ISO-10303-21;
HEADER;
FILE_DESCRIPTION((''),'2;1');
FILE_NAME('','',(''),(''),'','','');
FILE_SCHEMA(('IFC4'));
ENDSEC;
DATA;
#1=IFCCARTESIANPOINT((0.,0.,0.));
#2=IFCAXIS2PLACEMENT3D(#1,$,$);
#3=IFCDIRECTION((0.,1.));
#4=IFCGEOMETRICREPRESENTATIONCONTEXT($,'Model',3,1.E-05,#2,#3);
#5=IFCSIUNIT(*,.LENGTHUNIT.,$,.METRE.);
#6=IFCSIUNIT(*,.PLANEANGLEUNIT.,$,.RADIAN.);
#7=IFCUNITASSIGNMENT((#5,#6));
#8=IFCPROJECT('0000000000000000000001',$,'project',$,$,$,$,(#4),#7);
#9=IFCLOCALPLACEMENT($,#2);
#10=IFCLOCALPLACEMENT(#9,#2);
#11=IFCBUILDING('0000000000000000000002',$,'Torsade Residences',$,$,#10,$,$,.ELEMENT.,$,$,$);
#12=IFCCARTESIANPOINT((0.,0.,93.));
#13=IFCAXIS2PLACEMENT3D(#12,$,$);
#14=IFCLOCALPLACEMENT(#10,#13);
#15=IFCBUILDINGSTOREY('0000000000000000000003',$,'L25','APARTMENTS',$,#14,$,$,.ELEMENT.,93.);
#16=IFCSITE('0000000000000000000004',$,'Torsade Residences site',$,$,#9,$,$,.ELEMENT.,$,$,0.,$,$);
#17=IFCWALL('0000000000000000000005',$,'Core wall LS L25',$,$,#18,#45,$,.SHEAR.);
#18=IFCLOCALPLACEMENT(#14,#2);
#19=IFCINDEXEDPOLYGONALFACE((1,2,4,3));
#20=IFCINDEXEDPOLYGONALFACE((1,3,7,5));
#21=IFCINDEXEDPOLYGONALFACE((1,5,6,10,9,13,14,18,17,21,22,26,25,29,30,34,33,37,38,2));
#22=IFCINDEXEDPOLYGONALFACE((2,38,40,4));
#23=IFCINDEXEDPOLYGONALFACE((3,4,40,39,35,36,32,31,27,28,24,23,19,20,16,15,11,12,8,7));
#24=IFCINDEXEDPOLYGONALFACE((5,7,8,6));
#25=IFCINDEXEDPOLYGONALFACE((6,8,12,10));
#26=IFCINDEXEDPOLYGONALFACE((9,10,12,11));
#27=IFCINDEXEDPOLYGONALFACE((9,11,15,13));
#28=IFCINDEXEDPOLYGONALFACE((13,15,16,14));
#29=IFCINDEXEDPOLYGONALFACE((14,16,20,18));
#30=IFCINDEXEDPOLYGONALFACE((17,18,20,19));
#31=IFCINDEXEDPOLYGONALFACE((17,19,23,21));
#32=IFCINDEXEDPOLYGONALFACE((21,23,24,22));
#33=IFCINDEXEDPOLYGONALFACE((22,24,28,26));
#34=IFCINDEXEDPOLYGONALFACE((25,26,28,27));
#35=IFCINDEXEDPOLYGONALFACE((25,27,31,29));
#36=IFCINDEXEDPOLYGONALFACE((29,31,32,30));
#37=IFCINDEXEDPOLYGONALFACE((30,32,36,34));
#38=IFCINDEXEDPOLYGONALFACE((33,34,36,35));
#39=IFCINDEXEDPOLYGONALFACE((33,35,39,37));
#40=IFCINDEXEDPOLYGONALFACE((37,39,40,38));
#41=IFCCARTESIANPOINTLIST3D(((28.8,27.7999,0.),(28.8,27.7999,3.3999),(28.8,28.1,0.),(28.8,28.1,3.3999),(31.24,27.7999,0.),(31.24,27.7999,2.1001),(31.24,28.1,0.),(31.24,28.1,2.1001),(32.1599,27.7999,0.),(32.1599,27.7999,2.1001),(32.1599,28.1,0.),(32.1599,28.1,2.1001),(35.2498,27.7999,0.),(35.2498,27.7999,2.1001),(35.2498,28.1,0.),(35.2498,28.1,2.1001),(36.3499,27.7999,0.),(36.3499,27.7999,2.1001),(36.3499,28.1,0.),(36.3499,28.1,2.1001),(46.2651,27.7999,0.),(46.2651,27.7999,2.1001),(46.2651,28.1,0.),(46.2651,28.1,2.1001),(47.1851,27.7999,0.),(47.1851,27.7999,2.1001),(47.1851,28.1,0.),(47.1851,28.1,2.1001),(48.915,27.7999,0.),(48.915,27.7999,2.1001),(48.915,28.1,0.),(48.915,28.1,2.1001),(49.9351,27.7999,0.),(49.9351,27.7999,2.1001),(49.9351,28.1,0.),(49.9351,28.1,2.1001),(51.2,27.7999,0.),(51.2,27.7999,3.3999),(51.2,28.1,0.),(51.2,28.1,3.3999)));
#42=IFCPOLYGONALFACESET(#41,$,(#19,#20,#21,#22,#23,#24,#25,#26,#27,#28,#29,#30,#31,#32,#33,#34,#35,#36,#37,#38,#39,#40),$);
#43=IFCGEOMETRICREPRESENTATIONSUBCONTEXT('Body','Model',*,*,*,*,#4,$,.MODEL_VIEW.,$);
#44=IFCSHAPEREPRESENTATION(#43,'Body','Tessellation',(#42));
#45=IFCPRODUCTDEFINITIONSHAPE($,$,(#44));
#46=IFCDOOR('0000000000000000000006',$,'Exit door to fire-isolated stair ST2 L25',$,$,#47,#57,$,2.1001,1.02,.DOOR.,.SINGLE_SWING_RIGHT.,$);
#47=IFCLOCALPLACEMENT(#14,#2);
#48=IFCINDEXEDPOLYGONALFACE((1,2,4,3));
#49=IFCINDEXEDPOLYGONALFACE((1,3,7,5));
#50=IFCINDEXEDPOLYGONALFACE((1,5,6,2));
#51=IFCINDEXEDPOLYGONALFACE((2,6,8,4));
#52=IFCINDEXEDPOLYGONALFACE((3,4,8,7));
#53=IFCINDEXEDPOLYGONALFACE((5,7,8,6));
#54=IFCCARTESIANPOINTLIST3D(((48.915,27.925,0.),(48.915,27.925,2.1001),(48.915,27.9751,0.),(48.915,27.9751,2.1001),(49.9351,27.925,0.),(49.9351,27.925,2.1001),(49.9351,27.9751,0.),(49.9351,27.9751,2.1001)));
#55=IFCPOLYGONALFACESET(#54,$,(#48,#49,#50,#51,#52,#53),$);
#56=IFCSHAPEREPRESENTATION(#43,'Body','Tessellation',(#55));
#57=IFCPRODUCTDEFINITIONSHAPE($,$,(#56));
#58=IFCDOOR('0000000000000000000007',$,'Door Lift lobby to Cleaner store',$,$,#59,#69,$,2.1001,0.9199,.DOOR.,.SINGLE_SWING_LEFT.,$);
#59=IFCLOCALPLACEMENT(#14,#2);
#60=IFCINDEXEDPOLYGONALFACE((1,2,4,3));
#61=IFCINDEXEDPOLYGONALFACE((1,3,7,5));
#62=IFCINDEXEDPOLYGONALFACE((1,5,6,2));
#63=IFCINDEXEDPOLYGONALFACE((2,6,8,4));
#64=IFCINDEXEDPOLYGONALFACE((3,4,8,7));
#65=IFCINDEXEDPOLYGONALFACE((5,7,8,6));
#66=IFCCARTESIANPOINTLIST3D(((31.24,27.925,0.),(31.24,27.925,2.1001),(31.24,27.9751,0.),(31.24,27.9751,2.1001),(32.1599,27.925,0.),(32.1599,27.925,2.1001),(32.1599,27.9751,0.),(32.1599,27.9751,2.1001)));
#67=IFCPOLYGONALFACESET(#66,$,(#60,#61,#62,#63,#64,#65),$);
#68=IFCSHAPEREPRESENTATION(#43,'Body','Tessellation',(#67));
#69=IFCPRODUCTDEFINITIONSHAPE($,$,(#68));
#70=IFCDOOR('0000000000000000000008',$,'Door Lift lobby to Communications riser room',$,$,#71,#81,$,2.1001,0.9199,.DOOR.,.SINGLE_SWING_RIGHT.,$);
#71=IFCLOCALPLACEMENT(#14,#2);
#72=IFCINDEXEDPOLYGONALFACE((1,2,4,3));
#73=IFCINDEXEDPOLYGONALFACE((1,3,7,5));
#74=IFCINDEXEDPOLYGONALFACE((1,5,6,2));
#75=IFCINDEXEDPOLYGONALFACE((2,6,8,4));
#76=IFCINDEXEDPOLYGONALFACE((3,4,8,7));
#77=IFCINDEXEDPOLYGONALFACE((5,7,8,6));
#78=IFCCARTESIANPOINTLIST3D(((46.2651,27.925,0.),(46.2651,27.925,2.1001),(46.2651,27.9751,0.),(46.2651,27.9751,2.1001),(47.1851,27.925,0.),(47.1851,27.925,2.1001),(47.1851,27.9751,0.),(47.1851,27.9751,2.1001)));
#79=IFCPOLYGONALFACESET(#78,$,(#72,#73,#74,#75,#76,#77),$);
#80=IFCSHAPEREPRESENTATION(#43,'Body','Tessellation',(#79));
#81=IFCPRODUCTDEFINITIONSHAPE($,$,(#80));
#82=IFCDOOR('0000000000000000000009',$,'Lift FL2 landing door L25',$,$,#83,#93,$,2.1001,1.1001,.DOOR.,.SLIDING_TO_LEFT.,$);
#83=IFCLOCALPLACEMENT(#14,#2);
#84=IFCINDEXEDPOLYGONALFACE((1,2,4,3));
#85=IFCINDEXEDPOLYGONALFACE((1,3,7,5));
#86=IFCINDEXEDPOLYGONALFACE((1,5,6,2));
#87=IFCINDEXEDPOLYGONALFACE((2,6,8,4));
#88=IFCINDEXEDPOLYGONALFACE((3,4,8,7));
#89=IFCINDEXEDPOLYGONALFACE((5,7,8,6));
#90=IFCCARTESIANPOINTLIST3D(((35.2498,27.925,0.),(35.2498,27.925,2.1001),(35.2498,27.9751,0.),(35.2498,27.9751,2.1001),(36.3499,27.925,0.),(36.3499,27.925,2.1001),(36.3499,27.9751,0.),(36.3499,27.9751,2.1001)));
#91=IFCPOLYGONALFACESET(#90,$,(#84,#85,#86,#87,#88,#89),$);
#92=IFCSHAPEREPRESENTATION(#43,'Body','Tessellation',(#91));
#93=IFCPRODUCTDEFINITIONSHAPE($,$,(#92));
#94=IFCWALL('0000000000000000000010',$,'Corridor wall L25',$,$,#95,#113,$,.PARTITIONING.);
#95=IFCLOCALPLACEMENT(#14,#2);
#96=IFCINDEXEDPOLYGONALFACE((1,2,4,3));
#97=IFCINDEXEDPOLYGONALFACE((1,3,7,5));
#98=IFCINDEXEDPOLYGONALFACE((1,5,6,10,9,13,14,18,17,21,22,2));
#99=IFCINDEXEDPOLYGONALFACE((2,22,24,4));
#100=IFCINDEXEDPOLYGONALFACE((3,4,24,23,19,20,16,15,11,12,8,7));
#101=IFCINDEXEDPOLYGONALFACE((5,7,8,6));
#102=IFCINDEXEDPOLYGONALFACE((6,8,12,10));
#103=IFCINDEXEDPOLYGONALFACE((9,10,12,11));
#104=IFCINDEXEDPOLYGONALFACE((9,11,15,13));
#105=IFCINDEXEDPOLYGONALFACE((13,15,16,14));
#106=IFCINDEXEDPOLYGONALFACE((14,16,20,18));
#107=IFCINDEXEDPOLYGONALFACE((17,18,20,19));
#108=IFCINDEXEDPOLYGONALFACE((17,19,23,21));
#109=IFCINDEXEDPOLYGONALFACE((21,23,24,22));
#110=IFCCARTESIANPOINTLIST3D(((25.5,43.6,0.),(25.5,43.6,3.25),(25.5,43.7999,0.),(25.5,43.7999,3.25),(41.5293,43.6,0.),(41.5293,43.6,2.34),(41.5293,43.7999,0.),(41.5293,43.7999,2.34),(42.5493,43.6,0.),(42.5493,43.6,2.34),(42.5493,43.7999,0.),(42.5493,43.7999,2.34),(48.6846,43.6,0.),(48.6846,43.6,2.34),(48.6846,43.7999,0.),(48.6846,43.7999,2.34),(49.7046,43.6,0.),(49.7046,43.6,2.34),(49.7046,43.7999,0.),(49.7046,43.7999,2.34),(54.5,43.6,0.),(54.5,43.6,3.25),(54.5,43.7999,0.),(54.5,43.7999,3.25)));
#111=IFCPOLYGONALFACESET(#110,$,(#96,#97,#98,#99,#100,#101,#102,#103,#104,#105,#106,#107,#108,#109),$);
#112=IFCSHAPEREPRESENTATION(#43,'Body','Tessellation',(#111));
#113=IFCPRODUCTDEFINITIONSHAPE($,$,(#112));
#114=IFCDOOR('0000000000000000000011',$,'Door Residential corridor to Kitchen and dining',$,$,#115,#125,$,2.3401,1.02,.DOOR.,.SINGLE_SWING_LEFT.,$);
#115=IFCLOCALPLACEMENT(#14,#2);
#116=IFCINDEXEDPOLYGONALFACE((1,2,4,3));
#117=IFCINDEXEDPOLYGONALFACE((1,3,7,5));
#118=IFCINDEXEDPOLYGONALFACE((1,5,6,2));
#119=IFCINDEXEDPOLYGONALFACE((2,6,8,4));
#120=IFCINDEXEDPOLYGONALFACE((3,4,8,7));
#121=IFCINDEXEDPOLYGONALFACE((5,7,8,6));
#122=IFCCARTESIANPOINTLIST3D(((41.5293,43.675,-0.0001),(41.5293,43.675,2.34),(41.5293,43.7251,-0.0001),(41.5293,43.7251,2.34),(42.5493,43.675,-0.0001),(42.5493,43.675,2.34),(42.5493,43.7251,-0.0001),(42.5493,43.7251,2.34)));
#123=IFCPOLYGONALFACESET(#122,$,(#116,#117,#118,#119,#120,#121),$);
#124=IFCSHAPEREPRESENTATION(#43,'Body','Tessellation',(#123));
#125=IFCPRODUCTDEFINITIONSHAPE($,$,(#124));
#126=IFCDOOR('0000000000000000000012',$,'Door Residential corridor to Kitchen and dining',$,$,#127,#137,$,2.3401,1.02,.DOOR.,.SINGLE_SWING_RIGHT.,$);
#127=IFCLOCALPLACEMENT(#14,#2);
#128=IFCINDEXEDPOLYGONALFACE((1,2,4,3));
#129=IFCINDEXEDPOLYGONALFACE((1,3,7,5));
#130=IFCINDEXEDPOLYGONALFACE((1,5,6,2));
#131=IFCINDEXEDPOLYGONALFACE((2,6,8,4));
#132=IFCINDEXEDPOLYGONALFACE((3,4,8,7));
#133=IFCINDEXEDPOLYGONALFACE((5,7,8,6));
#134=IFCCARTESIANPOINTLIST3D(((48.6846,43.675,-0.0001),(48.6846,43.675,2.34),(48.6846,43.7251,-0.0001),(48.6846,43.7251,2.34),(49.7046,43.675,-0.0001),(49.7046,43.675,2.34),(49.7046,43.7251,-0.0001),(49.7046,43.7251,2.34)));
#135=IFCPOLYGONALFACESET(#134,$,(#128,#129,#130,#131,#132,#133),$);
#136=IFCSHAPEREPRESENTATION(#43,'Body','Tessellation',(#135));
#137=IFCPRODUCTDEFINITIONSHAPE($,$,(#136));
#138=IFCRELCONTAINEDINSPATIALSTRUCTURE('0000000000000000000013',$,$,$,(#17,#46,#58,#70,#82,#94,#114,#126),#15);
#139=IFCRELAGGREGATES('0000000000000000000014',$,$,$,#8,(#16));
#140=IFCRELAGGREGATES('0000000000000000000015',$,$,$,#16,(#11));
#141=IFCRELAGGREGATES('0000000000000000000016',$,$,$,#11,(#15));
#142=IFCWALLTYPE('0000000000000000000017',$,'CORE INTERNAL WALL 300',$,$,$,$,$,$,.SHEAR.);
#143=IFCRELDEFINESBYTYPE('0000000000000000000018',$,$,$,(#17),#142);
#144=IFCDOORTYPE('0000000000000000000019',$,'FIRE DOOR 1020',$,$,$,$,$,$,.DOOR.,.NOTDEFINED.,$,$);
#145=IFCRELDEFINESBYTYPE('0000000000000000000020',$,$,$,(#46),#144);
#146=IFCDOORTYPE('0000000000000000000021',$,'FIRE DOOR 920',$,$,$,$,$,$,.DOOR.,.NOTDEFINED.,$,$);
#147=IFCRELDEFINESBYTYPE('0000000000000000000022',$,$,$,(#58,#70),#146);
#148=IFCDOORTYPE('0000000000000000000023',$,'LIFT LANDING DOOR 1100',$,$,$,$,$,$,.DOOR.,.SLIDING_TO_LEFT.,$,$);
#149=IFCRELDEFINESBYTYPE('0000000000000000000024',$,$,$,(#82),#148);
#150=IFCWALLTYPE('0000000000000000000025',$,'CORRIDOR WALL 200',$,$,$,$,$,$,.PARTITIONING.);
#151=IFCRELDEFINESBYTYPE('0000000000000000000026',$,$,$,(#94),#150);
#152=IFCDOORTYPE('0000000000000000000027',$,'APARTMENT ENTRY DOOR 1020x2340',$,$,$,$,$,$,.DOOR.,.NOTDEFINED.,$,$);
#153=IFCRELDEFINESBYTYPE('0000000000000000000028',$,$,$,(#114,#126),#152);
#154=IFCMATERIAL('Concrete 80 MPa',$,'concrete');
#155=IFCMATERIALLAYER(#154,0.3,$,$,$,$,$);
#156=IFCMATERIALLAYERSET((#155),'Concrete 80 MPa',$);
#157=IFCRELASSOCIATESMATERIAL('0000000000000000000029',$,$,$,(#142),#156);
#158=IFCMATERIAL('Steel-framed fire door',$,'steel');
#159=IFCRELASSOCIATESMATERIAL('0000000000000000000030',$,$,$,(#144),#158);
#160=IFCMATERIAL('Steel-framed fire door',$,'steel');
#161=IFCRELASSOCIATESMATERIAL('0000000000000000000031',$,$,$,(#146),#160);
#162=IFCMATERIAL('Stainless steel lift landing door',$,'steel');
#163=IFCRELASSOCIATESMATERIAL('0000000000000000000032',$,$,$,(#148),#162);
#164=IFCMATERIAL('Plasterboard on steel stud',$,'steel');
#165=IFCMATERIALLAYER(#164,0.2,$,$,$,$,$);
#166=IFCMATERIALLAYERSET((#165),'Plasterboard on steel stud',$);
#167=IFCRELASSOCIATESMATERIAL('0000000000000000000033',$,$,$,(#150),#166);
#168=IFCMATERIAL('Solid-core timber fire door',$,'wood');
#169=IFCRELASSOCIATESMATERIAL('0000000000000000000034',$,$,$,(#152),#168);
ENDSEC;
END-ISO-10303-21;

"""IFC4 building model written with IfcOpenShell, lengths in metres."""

from ifc_helpers import new_model, si_unit, direction, frame, frame_2d, origin, place, context, subcontext, project, spatial, rectangle, extrude, material, layer, layer_set, type_object, element, fill, save


model = new_model("IFC4")

# Units and contexts
model_context = context("Model", 3, precision=1e-05, world=origin(), true_north=direction((0.0, 1.0)))
body_context = subcontext(model_context, "Body", "Model", "MODEL_VIEW")
ifc_project = project(units=[si_unit("LENGTHUNIT", "METRE"), si_unit("PLANEANGLEUNIT", "RADIAN")], contexts=[model_context])

# Site, building, storey
site_placement = place(None, origin())
site = spatial("IfcSite", under=ifc_project, at=site_placement, Name="Torsade Residences site", CompositionType="ELEMENT", RefElevation=0.0)
building_placement = place(site_placement, origin())
building = spatial("IfcBuilding", under=site, at=building_placement, Name="Torsade Residences", CompositionType="ELEMENT")
storey_placement = place(building_placement, frame((0.0, 0.0, 93.0)))
storey = spatial("IfcBuildingStorey", under=building, at=storey_placement, Name="L25", Description="APARTMENTS", CompositionType="ELEMENT", Elevation=93.0)

# Walls, openings, doors
ifc_material_1 = material(Name="Concrete 80 MPa", Category="concrete")
ifc_layer_1 = layer(ifc_material_1, 0.3)
ifc_layer_set_1 = layer_set([ifc_layer_1], Name="Concrete 80 MPa")
wall_type_1 = type_object("IfcWallType", Name="CORE INTERNAL WALL 300", PredefinedType="SHEAR", material=ifc_layer_set_1)
wall_1_placement = place(storey_placement, frame((51.2, 27.95, 0.0), z_axis=(0.0, 0.0, 1.0), x_axis=(-1.0, 0.0, 0.0)))
wall_1 = element("IfcWall", 1, at=wall_1_placement, inside=storey, type_object=wall_type_1, Name="Core wall LS L25", PredefinedType="SHEAR", context=body_context, shape_type="SweptSolid", body=[
    extrude(rectangle(XDim=22.3999, YDim=0.3, at=frame_2d((11.2, 0.0))), origin(), (0.0, 0.0, 1.0), 3.3999),
])
opening_1_placement = place(wall_1_placement, frame((19.04, 0.0, 0.0)))
opening_1 = element("IfcOpeningElement", 2, at=opening_1_placement, cuts=wall_1, PredefinedType="OPENING", context=body_context, shape_type="SweptSolid", body=[
    extrude(rectangle(XDim=0.9199, YDim=2.1001, at=frame_2d((0.46, 1.05))), frame((0.0, 0.1599, 0.0), z_axis=(0.0, -1.0, 0.0), x_axis=(1.0, 0.0, 0.0)), (0.0, 0.0, 1.0), 0.3201),
])
opening_2_placement = place(wall_1_placement, frame((1.2649, 0.0, 0.0)))
opening_2 = element("IfcOpeningElement", 3, at=opening_2_placement, cuts=wall_1, PredefinedType="OPENING", context=body_context, shape_type="SweptSolid", body=[
    extrude(rectangle(XDim=1.02, YDim=2.1001, at=frame_2d((0.51, 1.05))), frame((0.0, 0.1599, 0.0), z_axis=(0.0, -1.0, 0.0), x_axis=(1.0, 0.0, 0.0)), (0.0, 0.0, 1.0), 0.3201),
])
opening_3_placement = place(wall_1_placement, frame((4.0149, 0.0, 0.0)))
opening_3 = element("IfcOpeningElement", 4, at=opening_3_placement, cuts=wall_1, PredefinedType="OPENING", context=body_context, shape_type="SweptSolid", body=[
    extrude(rectangle(XDim=0.9199, YDim=2.1001, at=frame_2d((0.46, 1.05))), frame((0.0, 0.1599, 0.0), z_axis=(0.0, -1.0, 0.0), x_axis=(1.0, 0.0, 0.0)), (0.0, 0.0, 1.0), 0.3201),
])
opening_4_placement = place(wall_1_placement, frame((14.8501, 0.0, 0.0)))
opening_4 = element("IfcOpeningElement", 5, at=opening_4_placement, cuts=wall_1, PredefinedType="OPENING", context=body_context, shape_type="SweptSolid", body=[
    extrude(rectangle(XDim=1.1001, YDim=2.1001, at=frame_2d((0.55, 1.05))), frame((0.0, 0.1599, 0.0), z_axis=(0.0, -1.0, 0.0), x_axis=(1.0, 0.0, 0.0)), (0.0, 0.0, 1.0), 0.3201),
])
ifc_material_2 = material(Name="Steel-framed fire door", Category="steel")
door_type_1 = type_object("IfcDoorType", Name="FIRE DOOR 1020", OperationType="NOTDEFINED", PredefinedType="DOOR", material=ifc_material_2)
door_1_placement = place(opening_2_placement, origin())
door_1 = element("IfcDoor", 6, at=door_1_placement, inside=storey, type_object=door_type_1, Name="Exit door to fire-isolated stair ST2 L25", OperationType="SINGLE_SWING_RIGHT", OverallHeight=2.1001, OverallWidth=1.02, PredefinedType="DOOR", context=body_context, shape_type="SweptSolid", body=[
    extrude(rectangle(XDim=1.02, YDim=2.1001, at=frame_2d((0.51, 1.05))), frame((0.0, 0.0249, 0.0), z_axis=(0.0, -1.0, 0.0), x_axis=(1.0, 0.0, 0.0)), (0.0, 0.0, 1.0), 0.05),
])
fill(opening_2, door_1)
ifc_material_3 = material(Name="Steel-framed fire door", Category="steel")
door_type_2 = type_object("IfcDoorType", Name="FIRE DOOR 920", OperationType="NOTDEFINED", PredefinedType="DOOR", material=ifc_material_3)
door_2_placement = place(opening_1_placement, origin())
door_2 = element("IfcDoor", 7, at=door_2_placement, inside=storey, type_object=door_type_2, Name="Door Lift lobby to Cleaner store", OperationType="SINGLE_SWING_LEFT", OverallHeight=2.1001, OverallWidth=0.9199, PredefinedType="DOOR", context=body_context, shape_type="SweptSolid", body=[
    extrude(rectangle(XDim=0.9199, YDim=2.1001, at=frame_2d((0.46, 1.05))), frame((0.0, 0.0249, 0.0), z_axis=(0.0, -1.0, 0.0), x_axis=(1.0, 0.0, 0.0)), (0.0, 0.0, 1.0), 0.05),
])
fill(opening_1, door_2)
door_3_placement = place(opening_3_placement, origin())
door_3 = element("IfcDoor", 8, at=door_3_placement, inside=storey, type_object=door_type_2, Name="Door Lift lobby to Communications riser room", OperationType="SINGLE_SWING_RIGHT", OverallHeight=2.1001, OverallWidth=0.9199, PredefinedType="DOOR", context=body_context, shape_type="SweptSolid", body=[
    extrude(rectangle(XDim=0.9199, YDim=2.1001, at=frame_2d((0.46, 1.05))), frame((0.0, 0.0249, 0.0), z_axis=(0.0, -1.0, 0.0), x_axis=(1.0, 0.0, 0.0)), (0.0, 0.0, 1.0), 0.05),
])
fill(opening_3, door_3)
ifc_material_4 = material(Name="Stainless steel lift landing door", Category="steel")
door_type_3 = type_object("IfcDoorType", Name="LIFT LANDING DOOR 1100", OperationType="SLIDING_TO_LEFT", PredefinedType="DOOR", material=ifc_material_4)
door_4_placement = place(opening_4_placement, origin())
door_4 = element("IfcDoor", 9, at=door_4_placement, inside=storey, type_object=door_type_3, Name="Lift FL2 landing door L25", OperationType="SLIDING_TO_LEFT", OverallHeight=2.1001, OverallWidth=1.1001, PredefinedType="DOOR", context=body_context, shape_type="SweptSolid", body=[
    extrude(rectangle(XDim=1.1001, YDim=2.1001, at=frame_2d((0.55, 1.05))), frame((0.0, 0.0249, 0.0), z_axis=(0.0, -1.0, 0.0), x_axis=(1.0, 0.0, 0.0)), (0.0, 0.0, 1.0), 0.05),
])
fill(opening_4, door_4)
ifc_material_5 = material(Name="Plasterboard on steel stud", Category="steel")
ifc_layer_2 = layer(ifc_material_5, 0.2)
ifc_layer_set_2 = layer_set([ifc_layer_2], Name="Plasterboard on steel stud")
wall_type_2 = type_object("IfcWallType", Name="CORRIDOR WALL 200", PredefinedType="PARTITIONING", material=ifc_layer_set_2)
wall_2_placement = place(storey_placement, frame((54.5, 43.7, 0.0), z_axis=(0.0, 0.0, 1.0), x_axis=(-1.0, 0.0, 0.0)))
wall_2 = element("IfcWall", 10, at=wall_2_placement, inside=storey, type_object=wall_type_2, Name="Corridor wall L25", PredefinedType="PARTITIONING", context=body_context, shape_type="SweptSolid", body=[
    extrude(rectangle(XDim=29.0, YDim=0.2, at=frame_2d((14.5, 0.0))), origin(), (0.0, 0.0, 1.0), 3.25),
])
opening_5_placement = place(wall_2_placement, frame((11.9507, 0.0, 0.0)))
opening_5 = element("IfcOpeningElement", 11, at=opening_5_placement, cuts=wall_2, PredefinedType="OPENING", context=body_context, shape_type="SweptSolid", body=[
    extrude(rectangle(XDim=1.02, YDim=2.3401, at=frame_2d((0.51, 1.1699))), frame((0.0, 0.1099, 0.0), z_axis=(0.0, -1.0, 0.0), x_axis=(1.0, 0.0, 0.0)), (0.0, 0.0, 1.0), 0.22),
])
opening_6_placement = place(wall_2_placement, frame((4.7954, 0.0, 0.0)))
opening_6 = element("IfcOpeningElement", 12, at=opening_6_placement, cuts=wall_2, PredefinedType="OPENING", context=body_context, shape_type="SweptSolid", body=[
    extrude(rectangle(XDim=1.02, YDim=2.3401, at=frame_2d((0.51, 1.1699))), frame((0.0, 0.1099, 0.0), z_axis=(0.0, -1.0, 0.0), x_axis=(1.0, 0.0, 0.0)), (0.0, 0.0, 1.0), 0.22),
])
ifc_material_6 = material(Name="Solid-core timber fire door", Category="wood")
door_type_4 = type_object("IfcDoorType", Name="APARTMENT ENTRY DOOR 1020x2340", OperationType="NOTDEFINED", PredefinedType="DOOR", material=ifc_material_6)
door_5_placement = place(opening_5_placement, origin())
door_5 = element("IfcDoor", 13, at=door_5_placement, inside=storey, type_object=door_type_4, Name="Door Residential corridor to Kitchen and dining", OperationType="SINGLE_SWING_LEFT", OverallHeight=2.3401, OverallWidth=1.02, PredefinedType="DOOR", context=body_context, shape_type="SweptSolid", body=[
    extrude(rectangle(XDim=1.02, YDim=2.3401, at=frame_2d((0.51, 1.1699))), frame((0.0, 0.0249, 0.0), z_axis=(0.0, -1.0, 0.0), x_axis=(1.0, 0.0, 0.0)), (0.0, 0.0, 1.0), 0.05),
])
fill(opening_5, door_5)
door_6_placement = place(opening_6_placement, origin())
door_6 = element("IfcDoor", 14, at=door_6_placement, inside=storey, type_object=door_type_4, Name="Door Residential corridor to Kitchen and dining", OperationType="SINGLE_SWING_RIGHT", OverallHeight=2.3401, OverallWidth=1.02, PredefinedType="DOOR", context=body_context, shape_type="SweptSolid", body=[
    extrude(rectangle(XDim=1.02, YDim=2.3401, at=frame_2d((0.51, 1.1699))), frame((0.0, 0.0249, 0.0), z_axis=(0.0, -1.0, 0.0), x_axis=(1.0, 0.0, 0.0)), (0.0, 0.0, 1.0), 0.05),
])
fill(opening_6, door_6)

save(model, "model.ifc")
